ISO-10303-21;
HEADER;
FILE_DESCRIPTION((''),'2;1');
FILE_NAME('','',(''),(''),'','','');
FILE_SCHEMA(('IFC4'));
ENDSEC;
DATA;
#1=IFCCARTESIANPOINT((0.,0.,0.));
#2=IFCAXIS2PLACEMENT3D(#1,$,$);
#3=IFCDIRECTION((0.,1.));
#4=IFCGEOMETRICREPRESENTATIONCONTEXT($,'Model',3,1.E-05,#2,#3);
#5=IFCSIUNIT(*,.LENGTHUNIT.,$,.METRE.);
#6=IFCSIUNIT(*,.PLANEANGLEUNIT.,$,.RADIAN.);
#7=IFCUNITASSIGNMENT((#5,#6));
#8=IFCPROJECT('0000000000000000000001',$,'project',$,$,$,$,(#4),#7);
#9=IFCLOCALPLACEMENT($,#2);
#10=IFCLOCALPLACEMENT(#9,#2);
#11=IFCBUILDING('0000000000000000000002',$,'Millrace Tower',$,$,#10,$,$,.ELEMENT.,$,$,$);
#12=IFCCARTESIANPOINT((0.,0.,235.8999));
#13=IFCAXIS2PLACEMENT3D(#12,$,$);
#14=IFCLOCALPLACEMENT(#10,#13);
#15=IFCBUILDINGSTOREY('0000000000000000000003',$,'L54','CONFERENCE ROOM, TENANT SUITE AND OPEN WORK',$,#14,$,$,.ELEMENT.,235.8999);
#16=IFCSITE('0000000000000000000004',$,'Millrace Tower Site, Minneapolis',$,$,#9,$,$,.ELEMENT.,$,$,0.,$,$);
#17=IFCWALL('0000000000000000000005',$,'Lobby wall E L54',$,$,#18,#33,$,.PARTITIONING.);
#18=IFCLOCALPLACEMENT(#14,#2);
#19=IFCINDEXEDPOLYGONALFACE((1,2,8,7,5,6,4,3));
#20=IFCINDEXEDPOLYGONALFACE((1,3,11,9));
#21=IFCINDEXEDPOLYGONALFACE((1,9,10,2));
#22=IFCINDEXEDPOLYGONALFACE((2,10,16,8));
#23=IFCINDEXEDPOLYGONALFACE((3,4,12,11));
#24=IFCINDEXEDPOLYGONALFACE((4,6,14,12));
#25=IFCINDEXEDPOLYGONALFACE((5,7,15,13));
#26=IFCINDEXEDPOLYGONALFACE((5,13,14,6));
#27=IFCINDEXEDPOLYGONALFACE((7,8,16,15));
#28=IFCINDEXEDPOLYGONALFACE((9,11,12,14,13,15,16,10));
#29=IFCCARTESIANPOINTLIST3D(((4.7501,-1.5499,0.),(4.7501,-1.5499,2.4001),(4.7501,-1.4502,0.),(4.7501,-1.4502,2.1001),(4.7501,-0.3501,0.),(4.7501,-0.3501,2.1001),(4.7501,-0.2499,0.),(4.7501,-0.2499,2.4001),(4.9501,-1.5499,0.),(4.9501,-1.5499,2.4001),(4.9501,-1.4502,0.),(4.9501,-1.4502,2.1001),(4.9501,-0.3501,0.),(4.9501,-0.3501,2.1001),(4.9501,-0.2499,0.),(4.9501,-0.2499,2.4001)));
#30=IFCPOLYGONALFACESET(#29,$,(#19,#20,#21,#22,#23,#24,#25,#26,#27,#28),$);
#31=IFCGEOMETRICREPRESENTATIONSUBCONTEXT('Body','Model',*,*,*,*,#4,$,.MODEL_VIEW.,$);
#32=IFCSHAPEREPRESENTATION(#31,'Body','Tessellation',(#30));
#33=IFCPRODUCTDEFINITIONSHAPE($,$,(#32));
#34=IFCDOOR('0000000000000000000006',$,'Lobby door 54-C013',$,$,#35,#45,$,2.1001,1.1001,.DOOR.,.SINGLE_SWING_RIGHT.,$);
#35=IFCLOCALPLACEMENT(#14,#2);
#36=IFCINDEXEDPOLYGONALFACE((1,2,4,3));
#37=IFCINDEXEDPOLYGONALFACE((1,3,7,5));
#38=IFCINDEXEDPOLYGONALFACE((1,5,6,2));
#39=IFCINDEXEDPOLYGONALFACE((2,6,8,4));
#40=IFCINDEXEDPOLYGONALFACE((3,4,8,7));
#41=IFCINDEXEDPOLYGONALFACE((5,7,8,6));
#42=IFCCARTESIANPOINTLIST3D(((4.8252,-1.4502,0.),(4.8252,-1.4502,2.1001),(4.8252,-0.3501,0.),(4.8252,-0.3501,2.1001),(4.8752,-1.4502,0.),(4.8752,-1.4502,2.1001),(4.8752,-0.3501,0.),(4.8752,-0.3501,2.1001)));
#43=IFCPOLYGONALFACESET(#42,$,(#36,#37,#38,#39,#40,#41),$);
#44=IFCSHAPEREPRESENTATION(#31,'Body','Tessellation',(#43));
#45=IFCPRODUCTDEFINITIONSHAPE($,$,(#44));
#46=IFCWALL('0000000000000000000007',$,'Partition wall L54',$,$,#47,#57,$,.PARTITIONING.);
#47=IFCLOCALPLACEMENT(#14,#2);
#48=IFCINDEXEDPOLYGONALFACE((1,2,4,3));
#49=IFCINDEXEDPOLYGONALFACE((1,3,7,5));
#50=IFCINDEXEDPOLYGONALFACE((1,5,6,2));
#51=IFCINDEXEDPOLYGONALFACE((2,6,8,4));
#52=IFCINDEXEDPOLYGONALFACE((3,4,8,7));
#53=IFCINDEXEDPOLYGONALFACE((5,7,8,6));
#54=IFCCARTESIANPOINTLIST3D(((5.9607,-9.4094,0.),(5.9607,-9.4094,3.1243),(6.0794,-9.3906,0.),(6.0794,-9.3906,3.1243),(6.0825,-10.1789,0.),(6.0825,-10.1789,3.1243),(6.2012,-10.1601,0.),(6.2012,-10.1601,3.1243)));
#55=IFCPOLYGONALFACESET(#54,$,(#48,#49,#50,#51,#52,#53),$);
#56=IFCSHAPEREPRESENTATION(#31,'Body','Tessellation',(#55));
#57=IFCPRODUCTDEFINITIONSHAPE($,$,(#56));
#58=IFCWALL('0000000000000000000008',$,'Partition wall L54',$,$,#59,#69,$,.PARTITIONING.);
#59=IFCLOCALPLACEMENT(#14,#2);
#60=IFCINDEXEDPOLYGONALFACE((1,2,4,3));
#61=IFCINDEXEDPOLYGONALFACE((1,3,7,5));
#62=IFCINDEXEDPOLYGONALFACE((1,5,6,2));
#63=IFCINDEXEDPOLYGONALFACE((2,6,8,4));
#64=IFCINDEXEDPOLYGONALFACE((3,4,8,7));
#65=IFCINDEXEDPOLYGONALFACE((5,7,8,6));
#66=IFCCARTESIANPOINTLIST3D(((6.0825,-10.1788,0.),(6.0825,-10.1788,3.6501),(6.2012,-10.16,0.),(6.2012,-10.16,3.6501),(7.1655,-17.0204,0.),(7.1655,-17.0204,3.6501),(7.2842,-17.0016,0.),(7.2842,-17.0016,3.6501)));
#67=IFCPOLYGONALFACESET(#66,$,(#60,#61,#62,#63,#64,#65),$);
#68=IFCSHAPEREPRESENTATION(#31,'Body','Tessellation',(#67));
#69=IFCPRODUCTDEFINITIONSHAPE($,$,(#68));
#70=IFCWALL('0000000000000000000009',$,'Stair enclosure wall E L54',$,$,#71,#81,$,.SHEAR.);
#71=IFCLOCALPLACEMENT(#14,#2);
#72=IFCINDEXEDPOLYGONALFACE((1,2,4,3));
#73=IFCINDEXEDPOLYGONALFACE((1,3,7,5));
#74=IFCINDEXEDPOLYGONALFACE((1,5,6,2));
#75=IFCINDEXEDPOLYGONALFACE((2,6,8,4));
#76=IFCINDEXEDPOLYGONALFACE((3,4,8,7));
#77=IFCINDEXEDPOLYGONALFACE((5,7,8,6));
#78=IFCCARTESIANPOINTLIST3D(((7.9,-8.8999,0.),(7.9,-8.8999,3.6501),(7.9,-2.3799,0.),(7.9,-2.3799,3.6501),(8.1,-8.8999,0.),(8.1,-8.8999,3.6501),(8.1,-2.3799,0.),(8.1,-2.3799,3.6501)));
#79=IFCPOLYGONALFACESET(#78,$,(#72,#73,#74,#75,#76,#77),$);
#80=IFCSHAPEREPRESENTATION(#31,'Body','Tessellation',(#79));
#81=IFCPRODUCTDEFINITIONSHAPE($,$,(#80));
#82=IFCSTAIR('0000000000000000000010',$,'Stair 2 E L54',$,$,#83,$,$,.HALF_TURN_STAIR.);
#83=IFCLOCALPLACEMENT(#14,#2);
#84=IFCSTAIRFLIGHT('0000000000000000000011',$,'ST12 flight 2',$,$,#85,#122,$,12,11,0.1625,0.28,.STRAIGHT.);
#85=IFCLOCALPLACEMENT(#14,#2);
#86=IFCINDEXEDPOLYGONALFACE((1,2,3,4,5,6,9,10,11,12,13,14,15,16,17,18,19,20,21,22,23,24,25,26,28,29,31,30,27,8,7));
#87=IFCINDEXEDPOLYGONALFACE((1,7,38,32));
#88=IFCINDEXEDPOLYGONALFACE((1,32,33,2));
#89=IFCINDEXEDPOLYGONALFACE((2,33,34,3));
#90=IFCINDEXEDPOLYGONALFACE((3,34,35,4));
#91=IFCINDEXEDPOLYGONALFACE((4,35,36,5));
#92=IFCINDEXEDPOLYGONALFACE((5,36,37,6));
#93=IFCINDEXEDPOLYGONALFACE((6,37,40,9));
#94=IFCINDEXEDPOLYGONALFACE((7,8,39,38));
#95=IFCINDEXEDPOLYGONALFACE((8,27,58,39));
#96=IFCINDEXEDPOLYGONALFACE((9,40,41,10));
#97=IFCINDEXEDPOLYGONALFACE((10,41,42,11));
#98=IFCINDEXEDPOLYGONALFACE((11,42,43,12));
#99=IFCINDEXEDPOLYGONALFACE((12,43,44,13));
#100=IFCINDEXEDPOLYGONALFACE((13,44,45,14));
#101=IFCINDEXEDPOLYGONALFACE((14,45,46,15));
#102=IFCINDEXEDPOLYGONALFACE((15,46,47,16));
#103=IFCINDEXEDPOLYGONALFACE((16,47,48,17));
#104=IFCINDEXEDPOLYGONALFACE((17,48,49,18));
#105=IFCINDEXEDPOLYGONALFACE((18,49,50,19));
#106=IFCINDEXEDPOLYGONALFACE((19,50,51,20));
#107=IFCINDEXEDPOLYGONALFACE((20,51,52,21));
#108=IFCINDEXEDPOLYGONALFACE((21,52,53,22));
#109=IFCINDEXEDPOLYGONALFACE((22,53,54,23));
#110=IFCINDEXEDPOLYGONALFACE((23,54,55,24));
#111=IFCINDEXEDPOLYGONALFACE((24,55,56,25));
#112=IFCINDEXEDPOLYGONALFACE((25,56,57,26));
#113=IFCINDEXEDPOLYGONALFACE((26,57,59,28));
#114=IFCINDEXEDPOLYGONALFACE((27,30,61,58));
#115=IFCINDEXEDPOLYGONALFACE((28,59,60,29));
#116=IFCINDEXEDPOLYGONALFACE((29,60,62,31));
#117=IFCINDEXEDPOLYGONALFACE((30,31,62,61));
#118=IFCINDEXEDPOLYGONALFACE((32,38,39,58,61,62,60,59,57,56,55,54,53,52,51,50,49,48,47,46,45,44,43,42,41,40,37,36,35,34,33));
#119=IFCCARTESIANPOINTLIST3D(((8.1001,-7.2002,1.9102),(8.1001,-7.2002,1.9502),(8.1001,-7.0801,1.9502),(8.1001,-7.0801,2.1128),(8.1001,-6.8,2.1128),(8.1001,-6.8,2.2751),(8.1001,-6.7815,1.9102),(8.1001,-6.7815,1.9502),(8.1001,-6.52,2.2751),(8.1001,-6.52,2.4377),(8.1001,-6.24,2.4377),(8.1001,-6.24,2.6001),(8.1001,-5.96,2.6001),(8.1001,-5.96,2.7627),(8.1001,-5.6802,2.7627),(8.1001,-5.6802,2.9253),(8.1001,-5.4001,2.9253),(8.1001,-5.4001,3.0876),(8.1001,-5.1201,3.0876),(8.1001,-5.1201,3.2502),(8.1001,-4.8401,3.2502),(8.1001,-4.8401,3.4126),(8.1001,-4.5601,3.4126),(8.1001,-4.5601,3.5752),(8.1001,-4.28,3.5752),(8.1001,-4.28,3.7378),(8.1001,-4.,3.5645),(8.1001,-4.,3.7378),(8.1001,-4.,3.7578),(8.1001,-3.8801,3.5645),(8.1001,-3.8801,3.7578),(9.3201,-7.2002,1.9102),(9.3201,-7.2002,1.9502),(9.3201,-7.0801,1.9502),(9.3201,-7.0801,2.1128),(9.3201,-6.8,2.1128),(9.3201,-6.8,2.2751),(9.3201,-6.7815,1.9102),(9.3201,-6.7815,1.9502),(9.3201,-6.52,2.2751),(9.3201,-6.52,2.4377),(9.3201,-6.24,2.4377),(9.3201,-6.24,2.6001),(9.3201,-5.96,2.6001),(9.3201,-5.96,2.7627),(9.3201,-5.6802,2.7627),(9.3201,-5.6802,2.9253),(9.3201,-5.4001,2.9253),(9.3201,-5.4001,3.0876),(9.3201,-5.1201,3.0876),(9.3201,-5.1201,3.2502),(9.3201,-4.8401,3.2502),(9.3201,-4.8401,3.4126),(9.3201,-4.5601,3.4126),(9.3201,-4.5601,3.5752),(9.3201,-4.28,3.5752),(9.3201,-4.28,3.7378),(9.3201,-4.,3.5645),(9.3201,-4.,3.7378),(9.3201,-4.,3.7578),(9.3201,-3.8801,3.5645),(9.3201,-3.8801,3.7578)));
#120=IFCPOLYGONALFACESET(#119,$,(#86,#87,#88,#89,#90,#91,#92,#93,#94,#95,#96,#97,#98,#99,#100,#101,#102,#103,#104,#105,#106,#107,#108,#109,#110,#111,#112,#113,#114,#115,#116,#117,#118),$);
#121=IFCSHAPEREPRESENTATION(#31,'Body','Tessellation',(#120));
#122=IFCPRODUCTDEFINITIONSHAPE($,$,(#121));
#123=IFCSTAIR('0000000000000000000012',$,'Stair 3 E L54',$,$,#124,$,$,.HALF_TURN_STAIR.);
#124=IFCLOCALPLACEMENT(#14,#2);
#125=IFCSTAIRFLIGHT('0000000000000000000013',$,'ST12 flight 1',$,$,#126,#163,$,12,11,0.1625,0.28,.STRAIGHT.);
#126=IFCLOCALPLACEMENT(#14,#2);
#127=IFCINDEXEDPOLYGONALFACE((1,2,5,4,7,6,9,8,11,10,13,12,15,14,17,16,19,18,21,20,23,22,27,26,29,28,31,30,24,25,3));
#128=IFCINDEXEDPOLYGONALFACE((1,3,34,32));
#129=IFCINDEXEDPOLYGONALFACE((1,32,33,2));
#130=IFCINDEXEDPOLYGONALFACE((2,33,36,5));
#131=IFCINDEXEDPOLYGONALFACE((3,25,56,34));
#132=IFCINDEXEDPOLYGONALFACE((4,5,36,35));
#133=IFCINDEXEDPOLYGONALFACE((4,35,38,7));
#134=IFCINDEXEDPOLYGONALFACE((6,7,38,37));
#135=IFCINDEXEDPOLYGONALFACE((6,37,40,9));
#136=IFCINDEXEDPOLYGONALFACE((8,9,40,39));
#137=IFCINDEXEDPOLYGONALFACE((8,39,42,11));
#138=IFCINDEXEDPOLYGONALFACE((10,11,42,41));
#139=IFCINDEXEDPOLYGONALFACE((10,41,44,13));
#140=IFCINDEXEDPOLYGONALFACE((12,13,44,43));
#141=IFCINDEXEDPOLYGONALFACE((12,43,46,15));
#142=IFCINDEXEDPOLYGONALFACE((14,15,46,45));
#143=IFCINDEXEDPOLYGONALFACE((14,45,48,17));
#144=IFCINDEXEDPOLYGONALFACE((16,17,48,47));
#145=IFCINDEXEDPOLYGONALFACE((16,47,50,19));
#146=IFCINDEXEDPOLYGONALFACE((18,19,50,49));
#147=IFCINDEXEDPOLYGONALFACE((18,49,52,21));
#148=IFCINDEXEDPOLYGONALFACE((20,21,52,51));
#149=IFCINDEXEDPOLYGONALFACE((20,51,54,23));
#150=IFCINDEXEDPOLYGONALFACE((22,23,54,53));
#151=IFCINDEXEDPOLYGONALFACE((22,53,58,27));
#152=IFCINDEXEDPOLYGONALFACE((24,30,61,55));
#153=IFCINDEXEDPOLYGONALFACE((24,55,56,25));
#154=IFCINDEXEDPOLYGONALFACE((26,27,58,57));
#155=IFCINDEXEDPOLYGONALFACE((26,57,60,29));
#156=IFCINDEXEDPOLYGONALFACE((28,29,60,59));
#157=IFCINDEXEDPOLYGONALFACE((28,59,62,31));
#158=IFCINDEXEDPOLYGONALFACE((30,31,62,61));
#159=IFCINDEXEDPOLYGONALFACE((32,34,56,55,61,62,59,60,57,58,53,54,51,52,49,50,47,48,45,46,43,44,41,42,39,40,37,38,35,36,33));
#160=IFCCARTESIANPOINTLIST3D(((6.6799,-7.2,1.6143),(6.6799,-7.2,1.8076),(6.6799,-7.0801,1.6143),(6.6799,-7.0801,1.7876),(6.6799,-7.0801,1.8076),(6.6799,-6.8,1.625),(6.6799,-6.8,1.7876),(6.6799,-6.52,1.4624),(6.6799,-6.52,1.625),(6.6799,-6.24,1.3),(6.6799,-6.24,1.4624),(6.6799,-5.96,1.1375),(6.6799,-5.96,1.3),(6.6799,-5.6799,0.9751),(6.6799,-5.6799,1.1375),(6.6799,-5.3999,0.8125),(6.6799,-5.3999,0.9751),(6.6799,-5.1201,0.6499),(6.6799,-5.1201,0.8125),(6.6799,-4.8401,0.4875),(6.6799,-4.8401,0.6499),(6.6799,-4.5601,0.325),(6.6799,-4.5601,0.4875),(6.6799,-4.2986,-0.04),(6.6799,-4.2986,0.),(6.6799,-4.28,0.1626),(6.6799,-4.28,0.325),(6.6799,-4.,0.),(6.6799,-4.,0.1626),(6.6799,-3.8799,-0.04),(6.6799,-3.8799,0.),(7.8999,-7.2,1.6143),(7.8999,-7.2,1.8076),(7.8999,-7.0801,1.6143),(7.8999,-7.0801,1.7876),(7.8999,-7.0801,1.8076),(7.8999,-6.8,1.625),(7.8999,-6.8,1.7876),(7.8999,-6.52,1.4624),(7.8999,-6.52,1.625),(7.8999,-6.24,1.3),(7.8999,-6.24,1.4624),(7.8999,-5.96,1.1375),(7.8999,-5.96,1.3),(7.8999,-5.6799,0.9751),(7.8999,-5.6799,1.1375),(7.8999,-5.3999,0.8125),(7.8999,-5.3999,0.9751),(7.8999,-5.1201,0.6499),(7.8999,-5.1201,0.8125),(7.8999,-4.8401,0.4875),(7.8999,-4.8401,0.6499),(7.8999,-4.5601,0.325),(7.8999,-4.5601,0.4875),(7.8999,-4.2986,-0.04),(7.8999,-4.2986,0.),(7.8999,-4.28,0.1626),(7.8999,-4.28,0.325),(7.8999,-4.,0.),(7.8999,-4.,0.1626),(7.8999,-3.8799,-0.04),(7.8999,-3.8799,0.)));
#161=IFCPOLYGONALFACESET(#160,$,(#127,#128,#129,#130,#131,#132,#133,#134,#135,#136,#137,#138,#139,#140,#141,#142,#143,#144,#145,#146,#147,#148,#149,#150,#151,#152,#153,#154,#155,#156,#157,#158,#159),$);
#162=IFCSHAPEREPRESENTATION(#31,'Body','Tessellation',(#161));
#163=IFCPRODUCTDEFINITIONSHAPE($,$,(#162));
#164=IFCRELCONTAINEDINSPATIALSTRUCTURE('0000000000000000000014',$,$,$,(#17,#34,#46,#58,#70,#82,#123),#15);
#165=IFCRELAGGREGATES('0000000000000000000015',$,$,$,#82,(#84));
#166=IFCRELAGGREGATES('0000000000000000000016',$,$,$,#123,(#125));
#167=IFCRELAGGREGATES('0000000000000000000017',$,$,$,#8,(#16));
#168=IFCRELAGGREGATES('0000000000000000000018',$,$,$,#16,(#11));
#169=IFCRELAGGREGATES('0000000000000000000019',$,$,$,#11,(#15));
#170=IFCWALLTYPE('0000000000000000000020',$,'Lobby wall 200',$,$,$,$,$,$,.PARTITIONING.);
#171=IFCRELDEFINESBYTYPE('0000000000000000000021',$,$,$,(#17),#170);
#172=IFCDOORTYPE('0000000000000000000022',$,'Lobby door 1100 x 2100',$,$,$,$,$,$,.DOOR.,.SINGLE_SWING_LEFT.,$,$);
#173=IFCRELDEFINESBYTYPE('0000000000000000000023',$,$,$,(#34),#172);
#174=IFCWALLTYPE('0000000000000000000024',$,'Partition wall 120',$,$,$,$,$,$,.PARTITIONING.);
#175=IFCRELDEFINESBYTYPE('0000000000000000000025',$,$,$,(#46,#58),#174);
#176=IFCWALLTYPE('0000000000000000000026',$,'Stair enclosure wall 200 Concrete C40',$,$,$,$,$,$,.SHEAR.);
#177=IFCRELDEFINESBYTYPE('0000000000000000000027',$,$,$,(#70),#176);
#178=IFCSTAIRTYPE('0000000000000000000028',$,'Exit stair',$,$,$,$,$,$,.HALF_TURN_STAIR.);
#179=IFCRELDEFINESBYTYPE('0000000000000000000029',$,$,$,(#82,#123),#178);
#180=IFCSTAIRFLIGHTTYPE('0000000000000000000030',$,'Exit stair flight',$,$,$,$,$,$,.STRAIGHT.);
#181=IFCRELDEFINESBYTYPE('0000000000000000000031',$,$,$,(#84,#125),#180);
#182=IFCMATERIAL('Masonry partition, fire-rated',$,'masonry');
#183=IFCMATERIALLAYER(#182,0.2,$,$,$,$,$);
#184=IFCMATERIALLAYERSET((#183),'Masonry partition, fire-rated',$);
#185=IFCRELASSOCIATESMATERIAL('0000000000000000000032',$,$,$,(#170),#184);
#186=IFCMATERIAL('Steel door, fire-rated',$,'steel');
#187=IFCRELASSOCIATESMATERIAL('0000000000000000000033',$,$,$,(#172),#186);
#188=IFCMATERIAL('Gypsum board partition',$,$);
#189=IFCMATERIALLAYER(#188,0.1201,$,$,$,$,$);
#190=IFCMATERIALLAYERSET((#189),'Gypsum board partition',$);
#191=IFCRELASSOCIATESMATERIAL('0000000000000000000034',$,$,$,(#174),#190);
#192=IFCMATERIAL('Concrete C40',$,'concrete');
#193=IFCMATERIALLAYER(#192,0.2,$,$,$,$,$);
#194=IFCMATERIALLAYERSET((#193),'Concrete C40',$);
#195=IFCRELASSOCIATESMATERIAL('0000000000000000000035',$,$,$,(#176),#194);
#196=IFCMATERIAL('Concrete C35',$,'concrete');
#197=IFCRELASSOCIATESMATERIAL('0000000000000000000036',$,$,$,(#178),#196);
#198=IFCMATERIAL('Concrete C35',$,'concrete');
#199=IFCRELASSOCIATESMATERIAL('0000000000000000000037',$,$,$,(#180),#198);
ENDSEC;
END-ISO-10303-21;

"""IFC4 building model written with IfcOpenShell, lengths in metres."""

from ifc_helpers import new_model, si_unit, direction, frame, frame_2d, origin, place, context, subcontext, project, spatial, polyline, rectangle, outline, extrude, material, layer, layer_set, type_object, element, fill, aggregate, save


model = new_model("IFC4")

# Units and contexts
model_context = context("Model", 3, precision=1e-05, world=origin(), true_north=direction((0.0, 1.0)))
body_context = subcontext(model_context, "Body", "Model", "MODEL_VIEW")
ifc_project = project(units=[si_unit("LENGTHUNIT", "METRE"), si_unit("PLANEANGLEUNIT", "RADIAN")], contexts=[model_context])

# Site, building, storey
site_placement = place(None, origin())
site = spatial("IfcSite", under=ifc_project, at=site_placement, Name="Millrace Tower Site, Minneapolis", CompositionType="ELEMENT", RefElevation=0.0)
building_placement = place(site_placement, origin())
building = spatial("IfcBuilding", under=site, at=building_placement, Name="Millrace Tower", CompositionType="ELEMENT")
storey_placement = place(building_placement, frame((0.0, 0.0, 235.8999)))
storey = spatial("IfcBuildingStorey", under=building, at=storey_placement, Name="L54", Description="CONFERENCE ROOM, TENANT SUITE AND OPEN WORK", CompositionType="ELEMENT", Elevation=235.8999)

# Shared definitions
placement_1 = place(storey_placement, origin())

# Wall, opening, door
ifc_material_1 = material(Name="Masonry partition, fire-rated", Category="masonry")
ifc_layer_1 = layer(ifc_material_1, 0.2)
ifc_layer_set_1 = layer_set([ifc_layer_1], Name="Masonry partition, fire-rated")
wall_type_1 = type_object("IfcWallType", Name="Lobby wall 200", PredefinedType="PARTITIONING", material=ifc_layer_set_1)
wall_1_placement = place(storey_placement, frame((4.8501, -0.25, 0.0), z_axis=(0.0, 0.0, 1.0), x_axis=(0.0, -1.0, 0.0)))
wall_1 = element("IfcWall", 1, at=wall_1_placement, inside=storey, type_object=wall_type_1, Name="Lobby wall E L54", PredefinedType="PARTITIONING", context=body_context, shape_type="SweptSolid", body=[
    extrude(rectangle(XDim=1.3, YDim=0.2, at=frame_2d((0.6499, 0.0))), origin(), (0.0, 0.0, 1.0), 2.4001),
])
opening_placement = place(wall_1_placement, frame((0.1001, 0.0, 0.0)))
opening = element("IfcOpeningElement", 2, at=opening_placement, cuts=wall_1, PredefinedType="OPENING", context=body_context, shape_type="SweptSolid", body=[
    extrude(rectangle(XDim=1.1001, YDim=2.1001, at=frame_2d((0.55, 1.05))), frame((0.0, 0.1099, 0.0), z_axis=(0.0, -1.0, 0.0), x_axis=(1.0, 0.0, 0.0)), (0.0, 0.0, 1.0), 0.22),
])
ifc_material_2 = material(Name="Steel door, fire-rated", Category="steel")
door_type = type_object("IfcDoorType", Name="Lobby door 1100 x 2100", OperationType="SINGLE_SWING_LEFT", PredefinedType="DOOR", material=ifc_material_2)
door_placement = place(opening_placement, frame((1.1001, 0.0, 0.0), z_axis=(0.0, 0.0, 1.0), x_axis=(-1.0, 0.0, 0.0)))
door = element("IfcDoor", 3, at=door_placement, inside=storey, type_object=door_type, Name="Lobby door 54-C013", OperationType="SINGLE_SWING_RIGHT", OverallHeight=2.1001, OverallWidth=1.1001, PredefinedType="DOOR", context=body_context, shape_type="SweptSolid", body=[
    extrude(rectangle(XDim=1.1001, YDim=2.1001, at=frame_2d((0.55, 1.05))), frame((0.0, 0.0249, 0.0), z_axis=(0.0, -1.0, 0.0), x_axis=(1.0, 0.0, 0.0)), (0.0, 0.0, 1.0), 0.05),
])
fill(opening, door)

# Walls
ifc_material_3 = material(Name="Gypsum board partition")
ifc_layer_2 = layer(ifc_material_3, 0.1201)
ifc_layer_set_2 = layer_set([ifc_layer_2], Name="Gypsum board partition")
wall_type_2 = type_object("IfcWallType", Name="Partition wall 120", PredefinedType="PARTITIONING", material=ifc_layer_set_2)
wall_2_placement = place(storey_placement, frame((6.02, -9.3999, 0.0), z_axis=(0.0, 0.0, 1.0), x_axis=(0.156365, -0.987699, 0.0)))
element("IfcWall", 4, at=wall_2_placement, inside=storey, type_object=wall_type_2, Name="Partition wall L54", PredefinedType="PARTITIONING", context=body_context, shape_type="SweptSolid", body=[
    extrude(rectangle(XDim=0.7791, YDim=0.1201, at=frame_2d((0.3896, 0.0))), origin(), (0.0, 0.0, 1.0), 3.1243),
])
wall_3_placement = place(storey_placement, frame((6.1418, -10.1694, 0.0), z_axis=(0.0, 0.0, 1.0), x_axis=(0.156352, -0.987701, 0.0)))
element("IfcWall", 5, at=wall_3_placement, inside=storey, type_object=wall_type_2, Name="Partition wall L54", PredefinedType="PARTITIONING", context=body_context, shape_type="SweptSolid", body=[
    extrude(rectangle(XDim=6.9268, YDim=0.1201, at=frame_2d((3.4634, 0.0))), origin(), (0.0, 0.0, 1.0), 3.6501),
])
ifc_material_4 = material(Name="Concrete C40", Category="concrete")
ifc_layer_3 = layer(ifc_material_4, 0.2)
ifc_layer_set_3 = layer_set([ifc_layer_3], Name="Concrete C40")
wall_type_3 = type_object("IfcWallType", Name="Stair enclosure wall 200 Concrete C40", PredefinedType="SHEAR", material=ifc_layer_set_3)
wall_4_placement = place(storey_placement, frame((8.0, -2.3799, 0.0), z_axis=(0.0, 0.0, 1.0), x_axis=(0.0, -1.0, 0.0)))
element("IfcWall", 6, at=wall_4_placement, inside=storey, type_object=wall_type_3, Name="Stair enclosure wall E L54", PredefinedType="SHEAR", context=body_context, shape_type="SweptSolid", body=[
    extrude(rectangle(XDim=6.52, YDim=0.2, at=frame_2d((3.26, 0.0))), origin(), (0.0, 0.0, 1.0), 3.6501),
])

# Stair, stair flight
ifc_material_5 = material(Name="Concrete C35", Category="concrete")
stair_type = type_object("IfcStairType", Name="Exit stair", PredefinedType="HALF_TURN_STAIR", material=ifc_material_5)
stair_1 = element("IfcStair", 7, at=placement_1, inside=storey, type_object=stair_type, Name="Stair 2 E L54", PredefinedType="HALF_TURN_STAIR")
ifc_material_6 = material(Name="Concrete C35", Category="concrete")
stair_flight_type = type_object("IfcStairFlightType", Name="Exit stair flight", PredefinedType="STRAIGHT", material=ifc_material_6)
stair_flight_1_placement = place(storey_placement, frame((8.71, -7.0801, 1.9502), z_axis=(0.0, 0.0, 1.0), x_axis=(0.0, 1.0, 0.0)))
stair_flight_1 = element("IfcStairFlight", 8, at=stair_flight_1_placement, type_object=stair_flight_type, Name="ST12 flight 2", NumberOfRisers=12, NumberOfTreads=11, PredefinedType="STRAIGHT", RiserHeight=0.1625, TreadLength=0.28, context=body_context, shape_type="SweptSolid", body=[
    extrude(outline(polyline([(-0.1201, -0.04), (-0.1201, 0.0), (0.0, 0.0), (0.0, 0.1626), (0.28, 0.1626), (0.28, 0.325), (0.5601, 0.325), (0.5601, 0.4875), (0.8401, 0.4875), (0.8401, 0.6499), (1.1201, 0.6499), (1.1201, 0.8125), (1.3999, 0.8125), (1.3999, 0.9751), (1.6799, 0.9751), (1.6799, 1.1375), (1.96, 1.1375), (1.96, 1.3), (2.24, 1.3), (2.24, 1.4624), (2.52, 1.4624), (2.52, 1.625), (2.8, 1.625), (2.8, 1.7876), (3.0801, 1.7876), (3.0801, 1.8076), (3.2, 1.8076), (3.2, 1.6143), (3.0801, 1.6143), (0.2986, 0.0), (0.2986, -0.04), (-0.1201, -0.04)])), frame((0.0, 0.6099, 0.0), z_axis=(0.0, -1.0, 0.0), x_axis=(1.0, 0.0, 0.0)), (0.0, 0.0, 1.0), 1.22),
])
aggregate(stair_1, [stair_flight_1])

# Stair, stair flight
stair_2 = element("IfcStair", 9, at=placement_1, inside=storey, type_object=stair_type, Name="Stair 3 E L54", PredefinedType="HALF_TURN_STAIR")
stair_flight_2_placement = place(storey_placement, frame((7.29, -4.0, 0.0), z_axis=(0.0, 0.0, 1.0), x_axis=(0.0, -1.0, 0.0)))
stair_flight_2 = element("IfcStairFlight", 10, at=stair_flight_2_placement, type_object=stair_flight_type, Name="ST12 flight 1", NumberOfRisers=12, NumberOfTreads=11, PredefinedType="STRAIGHT", RiserHeight=0.1625, TreadLength=0.28, context=body_context, shape_type="SweptSolid", body=[
    extrude(outline(polyline([(-0.1201, -0.04), (-0.1201, 0.0), (0.0, 0.0), (0.0, 0.1626), (0.28, 0.1626), (0.28, 0.325), (0.5601, 0.325), (0.5601, 0.4875), (0.8401, 0.4875), (0.8401, 0.6499), (1.1201, 0.6499), (1.1201, 0.8125), (1.3999, 0.8125), (1.3999, 0.9751), (1.6799, 0.9751), (1.6799, 1.1375), (1.96, 1.1375), (1.96, 1.3), (2.24, 1.3), (2.24, 1.4624), (2.52, 1.4624), (2.52, 1.625), (2.8, 1.625), (2.8, 1.7876), (3.0801, 1.7876), (3.0801, 1.8076), (3.2, 1.8076), (3.2, 1.6143), (3.0801, 1.6143), (0.2986, 0.0), (0.2986, -0.04), (-0.1201, -0.04)])), frame((0.0, 0.6099, 0.0), z_axis=(0.0, -1.0, 0.0), x_axis=(1.0, 0.0, 0.0)), (0.0, 0.0, 1.0), 1.22),
])
aggregate(stair_2, [stair_flight_2])

save(model, "model.ifc")
